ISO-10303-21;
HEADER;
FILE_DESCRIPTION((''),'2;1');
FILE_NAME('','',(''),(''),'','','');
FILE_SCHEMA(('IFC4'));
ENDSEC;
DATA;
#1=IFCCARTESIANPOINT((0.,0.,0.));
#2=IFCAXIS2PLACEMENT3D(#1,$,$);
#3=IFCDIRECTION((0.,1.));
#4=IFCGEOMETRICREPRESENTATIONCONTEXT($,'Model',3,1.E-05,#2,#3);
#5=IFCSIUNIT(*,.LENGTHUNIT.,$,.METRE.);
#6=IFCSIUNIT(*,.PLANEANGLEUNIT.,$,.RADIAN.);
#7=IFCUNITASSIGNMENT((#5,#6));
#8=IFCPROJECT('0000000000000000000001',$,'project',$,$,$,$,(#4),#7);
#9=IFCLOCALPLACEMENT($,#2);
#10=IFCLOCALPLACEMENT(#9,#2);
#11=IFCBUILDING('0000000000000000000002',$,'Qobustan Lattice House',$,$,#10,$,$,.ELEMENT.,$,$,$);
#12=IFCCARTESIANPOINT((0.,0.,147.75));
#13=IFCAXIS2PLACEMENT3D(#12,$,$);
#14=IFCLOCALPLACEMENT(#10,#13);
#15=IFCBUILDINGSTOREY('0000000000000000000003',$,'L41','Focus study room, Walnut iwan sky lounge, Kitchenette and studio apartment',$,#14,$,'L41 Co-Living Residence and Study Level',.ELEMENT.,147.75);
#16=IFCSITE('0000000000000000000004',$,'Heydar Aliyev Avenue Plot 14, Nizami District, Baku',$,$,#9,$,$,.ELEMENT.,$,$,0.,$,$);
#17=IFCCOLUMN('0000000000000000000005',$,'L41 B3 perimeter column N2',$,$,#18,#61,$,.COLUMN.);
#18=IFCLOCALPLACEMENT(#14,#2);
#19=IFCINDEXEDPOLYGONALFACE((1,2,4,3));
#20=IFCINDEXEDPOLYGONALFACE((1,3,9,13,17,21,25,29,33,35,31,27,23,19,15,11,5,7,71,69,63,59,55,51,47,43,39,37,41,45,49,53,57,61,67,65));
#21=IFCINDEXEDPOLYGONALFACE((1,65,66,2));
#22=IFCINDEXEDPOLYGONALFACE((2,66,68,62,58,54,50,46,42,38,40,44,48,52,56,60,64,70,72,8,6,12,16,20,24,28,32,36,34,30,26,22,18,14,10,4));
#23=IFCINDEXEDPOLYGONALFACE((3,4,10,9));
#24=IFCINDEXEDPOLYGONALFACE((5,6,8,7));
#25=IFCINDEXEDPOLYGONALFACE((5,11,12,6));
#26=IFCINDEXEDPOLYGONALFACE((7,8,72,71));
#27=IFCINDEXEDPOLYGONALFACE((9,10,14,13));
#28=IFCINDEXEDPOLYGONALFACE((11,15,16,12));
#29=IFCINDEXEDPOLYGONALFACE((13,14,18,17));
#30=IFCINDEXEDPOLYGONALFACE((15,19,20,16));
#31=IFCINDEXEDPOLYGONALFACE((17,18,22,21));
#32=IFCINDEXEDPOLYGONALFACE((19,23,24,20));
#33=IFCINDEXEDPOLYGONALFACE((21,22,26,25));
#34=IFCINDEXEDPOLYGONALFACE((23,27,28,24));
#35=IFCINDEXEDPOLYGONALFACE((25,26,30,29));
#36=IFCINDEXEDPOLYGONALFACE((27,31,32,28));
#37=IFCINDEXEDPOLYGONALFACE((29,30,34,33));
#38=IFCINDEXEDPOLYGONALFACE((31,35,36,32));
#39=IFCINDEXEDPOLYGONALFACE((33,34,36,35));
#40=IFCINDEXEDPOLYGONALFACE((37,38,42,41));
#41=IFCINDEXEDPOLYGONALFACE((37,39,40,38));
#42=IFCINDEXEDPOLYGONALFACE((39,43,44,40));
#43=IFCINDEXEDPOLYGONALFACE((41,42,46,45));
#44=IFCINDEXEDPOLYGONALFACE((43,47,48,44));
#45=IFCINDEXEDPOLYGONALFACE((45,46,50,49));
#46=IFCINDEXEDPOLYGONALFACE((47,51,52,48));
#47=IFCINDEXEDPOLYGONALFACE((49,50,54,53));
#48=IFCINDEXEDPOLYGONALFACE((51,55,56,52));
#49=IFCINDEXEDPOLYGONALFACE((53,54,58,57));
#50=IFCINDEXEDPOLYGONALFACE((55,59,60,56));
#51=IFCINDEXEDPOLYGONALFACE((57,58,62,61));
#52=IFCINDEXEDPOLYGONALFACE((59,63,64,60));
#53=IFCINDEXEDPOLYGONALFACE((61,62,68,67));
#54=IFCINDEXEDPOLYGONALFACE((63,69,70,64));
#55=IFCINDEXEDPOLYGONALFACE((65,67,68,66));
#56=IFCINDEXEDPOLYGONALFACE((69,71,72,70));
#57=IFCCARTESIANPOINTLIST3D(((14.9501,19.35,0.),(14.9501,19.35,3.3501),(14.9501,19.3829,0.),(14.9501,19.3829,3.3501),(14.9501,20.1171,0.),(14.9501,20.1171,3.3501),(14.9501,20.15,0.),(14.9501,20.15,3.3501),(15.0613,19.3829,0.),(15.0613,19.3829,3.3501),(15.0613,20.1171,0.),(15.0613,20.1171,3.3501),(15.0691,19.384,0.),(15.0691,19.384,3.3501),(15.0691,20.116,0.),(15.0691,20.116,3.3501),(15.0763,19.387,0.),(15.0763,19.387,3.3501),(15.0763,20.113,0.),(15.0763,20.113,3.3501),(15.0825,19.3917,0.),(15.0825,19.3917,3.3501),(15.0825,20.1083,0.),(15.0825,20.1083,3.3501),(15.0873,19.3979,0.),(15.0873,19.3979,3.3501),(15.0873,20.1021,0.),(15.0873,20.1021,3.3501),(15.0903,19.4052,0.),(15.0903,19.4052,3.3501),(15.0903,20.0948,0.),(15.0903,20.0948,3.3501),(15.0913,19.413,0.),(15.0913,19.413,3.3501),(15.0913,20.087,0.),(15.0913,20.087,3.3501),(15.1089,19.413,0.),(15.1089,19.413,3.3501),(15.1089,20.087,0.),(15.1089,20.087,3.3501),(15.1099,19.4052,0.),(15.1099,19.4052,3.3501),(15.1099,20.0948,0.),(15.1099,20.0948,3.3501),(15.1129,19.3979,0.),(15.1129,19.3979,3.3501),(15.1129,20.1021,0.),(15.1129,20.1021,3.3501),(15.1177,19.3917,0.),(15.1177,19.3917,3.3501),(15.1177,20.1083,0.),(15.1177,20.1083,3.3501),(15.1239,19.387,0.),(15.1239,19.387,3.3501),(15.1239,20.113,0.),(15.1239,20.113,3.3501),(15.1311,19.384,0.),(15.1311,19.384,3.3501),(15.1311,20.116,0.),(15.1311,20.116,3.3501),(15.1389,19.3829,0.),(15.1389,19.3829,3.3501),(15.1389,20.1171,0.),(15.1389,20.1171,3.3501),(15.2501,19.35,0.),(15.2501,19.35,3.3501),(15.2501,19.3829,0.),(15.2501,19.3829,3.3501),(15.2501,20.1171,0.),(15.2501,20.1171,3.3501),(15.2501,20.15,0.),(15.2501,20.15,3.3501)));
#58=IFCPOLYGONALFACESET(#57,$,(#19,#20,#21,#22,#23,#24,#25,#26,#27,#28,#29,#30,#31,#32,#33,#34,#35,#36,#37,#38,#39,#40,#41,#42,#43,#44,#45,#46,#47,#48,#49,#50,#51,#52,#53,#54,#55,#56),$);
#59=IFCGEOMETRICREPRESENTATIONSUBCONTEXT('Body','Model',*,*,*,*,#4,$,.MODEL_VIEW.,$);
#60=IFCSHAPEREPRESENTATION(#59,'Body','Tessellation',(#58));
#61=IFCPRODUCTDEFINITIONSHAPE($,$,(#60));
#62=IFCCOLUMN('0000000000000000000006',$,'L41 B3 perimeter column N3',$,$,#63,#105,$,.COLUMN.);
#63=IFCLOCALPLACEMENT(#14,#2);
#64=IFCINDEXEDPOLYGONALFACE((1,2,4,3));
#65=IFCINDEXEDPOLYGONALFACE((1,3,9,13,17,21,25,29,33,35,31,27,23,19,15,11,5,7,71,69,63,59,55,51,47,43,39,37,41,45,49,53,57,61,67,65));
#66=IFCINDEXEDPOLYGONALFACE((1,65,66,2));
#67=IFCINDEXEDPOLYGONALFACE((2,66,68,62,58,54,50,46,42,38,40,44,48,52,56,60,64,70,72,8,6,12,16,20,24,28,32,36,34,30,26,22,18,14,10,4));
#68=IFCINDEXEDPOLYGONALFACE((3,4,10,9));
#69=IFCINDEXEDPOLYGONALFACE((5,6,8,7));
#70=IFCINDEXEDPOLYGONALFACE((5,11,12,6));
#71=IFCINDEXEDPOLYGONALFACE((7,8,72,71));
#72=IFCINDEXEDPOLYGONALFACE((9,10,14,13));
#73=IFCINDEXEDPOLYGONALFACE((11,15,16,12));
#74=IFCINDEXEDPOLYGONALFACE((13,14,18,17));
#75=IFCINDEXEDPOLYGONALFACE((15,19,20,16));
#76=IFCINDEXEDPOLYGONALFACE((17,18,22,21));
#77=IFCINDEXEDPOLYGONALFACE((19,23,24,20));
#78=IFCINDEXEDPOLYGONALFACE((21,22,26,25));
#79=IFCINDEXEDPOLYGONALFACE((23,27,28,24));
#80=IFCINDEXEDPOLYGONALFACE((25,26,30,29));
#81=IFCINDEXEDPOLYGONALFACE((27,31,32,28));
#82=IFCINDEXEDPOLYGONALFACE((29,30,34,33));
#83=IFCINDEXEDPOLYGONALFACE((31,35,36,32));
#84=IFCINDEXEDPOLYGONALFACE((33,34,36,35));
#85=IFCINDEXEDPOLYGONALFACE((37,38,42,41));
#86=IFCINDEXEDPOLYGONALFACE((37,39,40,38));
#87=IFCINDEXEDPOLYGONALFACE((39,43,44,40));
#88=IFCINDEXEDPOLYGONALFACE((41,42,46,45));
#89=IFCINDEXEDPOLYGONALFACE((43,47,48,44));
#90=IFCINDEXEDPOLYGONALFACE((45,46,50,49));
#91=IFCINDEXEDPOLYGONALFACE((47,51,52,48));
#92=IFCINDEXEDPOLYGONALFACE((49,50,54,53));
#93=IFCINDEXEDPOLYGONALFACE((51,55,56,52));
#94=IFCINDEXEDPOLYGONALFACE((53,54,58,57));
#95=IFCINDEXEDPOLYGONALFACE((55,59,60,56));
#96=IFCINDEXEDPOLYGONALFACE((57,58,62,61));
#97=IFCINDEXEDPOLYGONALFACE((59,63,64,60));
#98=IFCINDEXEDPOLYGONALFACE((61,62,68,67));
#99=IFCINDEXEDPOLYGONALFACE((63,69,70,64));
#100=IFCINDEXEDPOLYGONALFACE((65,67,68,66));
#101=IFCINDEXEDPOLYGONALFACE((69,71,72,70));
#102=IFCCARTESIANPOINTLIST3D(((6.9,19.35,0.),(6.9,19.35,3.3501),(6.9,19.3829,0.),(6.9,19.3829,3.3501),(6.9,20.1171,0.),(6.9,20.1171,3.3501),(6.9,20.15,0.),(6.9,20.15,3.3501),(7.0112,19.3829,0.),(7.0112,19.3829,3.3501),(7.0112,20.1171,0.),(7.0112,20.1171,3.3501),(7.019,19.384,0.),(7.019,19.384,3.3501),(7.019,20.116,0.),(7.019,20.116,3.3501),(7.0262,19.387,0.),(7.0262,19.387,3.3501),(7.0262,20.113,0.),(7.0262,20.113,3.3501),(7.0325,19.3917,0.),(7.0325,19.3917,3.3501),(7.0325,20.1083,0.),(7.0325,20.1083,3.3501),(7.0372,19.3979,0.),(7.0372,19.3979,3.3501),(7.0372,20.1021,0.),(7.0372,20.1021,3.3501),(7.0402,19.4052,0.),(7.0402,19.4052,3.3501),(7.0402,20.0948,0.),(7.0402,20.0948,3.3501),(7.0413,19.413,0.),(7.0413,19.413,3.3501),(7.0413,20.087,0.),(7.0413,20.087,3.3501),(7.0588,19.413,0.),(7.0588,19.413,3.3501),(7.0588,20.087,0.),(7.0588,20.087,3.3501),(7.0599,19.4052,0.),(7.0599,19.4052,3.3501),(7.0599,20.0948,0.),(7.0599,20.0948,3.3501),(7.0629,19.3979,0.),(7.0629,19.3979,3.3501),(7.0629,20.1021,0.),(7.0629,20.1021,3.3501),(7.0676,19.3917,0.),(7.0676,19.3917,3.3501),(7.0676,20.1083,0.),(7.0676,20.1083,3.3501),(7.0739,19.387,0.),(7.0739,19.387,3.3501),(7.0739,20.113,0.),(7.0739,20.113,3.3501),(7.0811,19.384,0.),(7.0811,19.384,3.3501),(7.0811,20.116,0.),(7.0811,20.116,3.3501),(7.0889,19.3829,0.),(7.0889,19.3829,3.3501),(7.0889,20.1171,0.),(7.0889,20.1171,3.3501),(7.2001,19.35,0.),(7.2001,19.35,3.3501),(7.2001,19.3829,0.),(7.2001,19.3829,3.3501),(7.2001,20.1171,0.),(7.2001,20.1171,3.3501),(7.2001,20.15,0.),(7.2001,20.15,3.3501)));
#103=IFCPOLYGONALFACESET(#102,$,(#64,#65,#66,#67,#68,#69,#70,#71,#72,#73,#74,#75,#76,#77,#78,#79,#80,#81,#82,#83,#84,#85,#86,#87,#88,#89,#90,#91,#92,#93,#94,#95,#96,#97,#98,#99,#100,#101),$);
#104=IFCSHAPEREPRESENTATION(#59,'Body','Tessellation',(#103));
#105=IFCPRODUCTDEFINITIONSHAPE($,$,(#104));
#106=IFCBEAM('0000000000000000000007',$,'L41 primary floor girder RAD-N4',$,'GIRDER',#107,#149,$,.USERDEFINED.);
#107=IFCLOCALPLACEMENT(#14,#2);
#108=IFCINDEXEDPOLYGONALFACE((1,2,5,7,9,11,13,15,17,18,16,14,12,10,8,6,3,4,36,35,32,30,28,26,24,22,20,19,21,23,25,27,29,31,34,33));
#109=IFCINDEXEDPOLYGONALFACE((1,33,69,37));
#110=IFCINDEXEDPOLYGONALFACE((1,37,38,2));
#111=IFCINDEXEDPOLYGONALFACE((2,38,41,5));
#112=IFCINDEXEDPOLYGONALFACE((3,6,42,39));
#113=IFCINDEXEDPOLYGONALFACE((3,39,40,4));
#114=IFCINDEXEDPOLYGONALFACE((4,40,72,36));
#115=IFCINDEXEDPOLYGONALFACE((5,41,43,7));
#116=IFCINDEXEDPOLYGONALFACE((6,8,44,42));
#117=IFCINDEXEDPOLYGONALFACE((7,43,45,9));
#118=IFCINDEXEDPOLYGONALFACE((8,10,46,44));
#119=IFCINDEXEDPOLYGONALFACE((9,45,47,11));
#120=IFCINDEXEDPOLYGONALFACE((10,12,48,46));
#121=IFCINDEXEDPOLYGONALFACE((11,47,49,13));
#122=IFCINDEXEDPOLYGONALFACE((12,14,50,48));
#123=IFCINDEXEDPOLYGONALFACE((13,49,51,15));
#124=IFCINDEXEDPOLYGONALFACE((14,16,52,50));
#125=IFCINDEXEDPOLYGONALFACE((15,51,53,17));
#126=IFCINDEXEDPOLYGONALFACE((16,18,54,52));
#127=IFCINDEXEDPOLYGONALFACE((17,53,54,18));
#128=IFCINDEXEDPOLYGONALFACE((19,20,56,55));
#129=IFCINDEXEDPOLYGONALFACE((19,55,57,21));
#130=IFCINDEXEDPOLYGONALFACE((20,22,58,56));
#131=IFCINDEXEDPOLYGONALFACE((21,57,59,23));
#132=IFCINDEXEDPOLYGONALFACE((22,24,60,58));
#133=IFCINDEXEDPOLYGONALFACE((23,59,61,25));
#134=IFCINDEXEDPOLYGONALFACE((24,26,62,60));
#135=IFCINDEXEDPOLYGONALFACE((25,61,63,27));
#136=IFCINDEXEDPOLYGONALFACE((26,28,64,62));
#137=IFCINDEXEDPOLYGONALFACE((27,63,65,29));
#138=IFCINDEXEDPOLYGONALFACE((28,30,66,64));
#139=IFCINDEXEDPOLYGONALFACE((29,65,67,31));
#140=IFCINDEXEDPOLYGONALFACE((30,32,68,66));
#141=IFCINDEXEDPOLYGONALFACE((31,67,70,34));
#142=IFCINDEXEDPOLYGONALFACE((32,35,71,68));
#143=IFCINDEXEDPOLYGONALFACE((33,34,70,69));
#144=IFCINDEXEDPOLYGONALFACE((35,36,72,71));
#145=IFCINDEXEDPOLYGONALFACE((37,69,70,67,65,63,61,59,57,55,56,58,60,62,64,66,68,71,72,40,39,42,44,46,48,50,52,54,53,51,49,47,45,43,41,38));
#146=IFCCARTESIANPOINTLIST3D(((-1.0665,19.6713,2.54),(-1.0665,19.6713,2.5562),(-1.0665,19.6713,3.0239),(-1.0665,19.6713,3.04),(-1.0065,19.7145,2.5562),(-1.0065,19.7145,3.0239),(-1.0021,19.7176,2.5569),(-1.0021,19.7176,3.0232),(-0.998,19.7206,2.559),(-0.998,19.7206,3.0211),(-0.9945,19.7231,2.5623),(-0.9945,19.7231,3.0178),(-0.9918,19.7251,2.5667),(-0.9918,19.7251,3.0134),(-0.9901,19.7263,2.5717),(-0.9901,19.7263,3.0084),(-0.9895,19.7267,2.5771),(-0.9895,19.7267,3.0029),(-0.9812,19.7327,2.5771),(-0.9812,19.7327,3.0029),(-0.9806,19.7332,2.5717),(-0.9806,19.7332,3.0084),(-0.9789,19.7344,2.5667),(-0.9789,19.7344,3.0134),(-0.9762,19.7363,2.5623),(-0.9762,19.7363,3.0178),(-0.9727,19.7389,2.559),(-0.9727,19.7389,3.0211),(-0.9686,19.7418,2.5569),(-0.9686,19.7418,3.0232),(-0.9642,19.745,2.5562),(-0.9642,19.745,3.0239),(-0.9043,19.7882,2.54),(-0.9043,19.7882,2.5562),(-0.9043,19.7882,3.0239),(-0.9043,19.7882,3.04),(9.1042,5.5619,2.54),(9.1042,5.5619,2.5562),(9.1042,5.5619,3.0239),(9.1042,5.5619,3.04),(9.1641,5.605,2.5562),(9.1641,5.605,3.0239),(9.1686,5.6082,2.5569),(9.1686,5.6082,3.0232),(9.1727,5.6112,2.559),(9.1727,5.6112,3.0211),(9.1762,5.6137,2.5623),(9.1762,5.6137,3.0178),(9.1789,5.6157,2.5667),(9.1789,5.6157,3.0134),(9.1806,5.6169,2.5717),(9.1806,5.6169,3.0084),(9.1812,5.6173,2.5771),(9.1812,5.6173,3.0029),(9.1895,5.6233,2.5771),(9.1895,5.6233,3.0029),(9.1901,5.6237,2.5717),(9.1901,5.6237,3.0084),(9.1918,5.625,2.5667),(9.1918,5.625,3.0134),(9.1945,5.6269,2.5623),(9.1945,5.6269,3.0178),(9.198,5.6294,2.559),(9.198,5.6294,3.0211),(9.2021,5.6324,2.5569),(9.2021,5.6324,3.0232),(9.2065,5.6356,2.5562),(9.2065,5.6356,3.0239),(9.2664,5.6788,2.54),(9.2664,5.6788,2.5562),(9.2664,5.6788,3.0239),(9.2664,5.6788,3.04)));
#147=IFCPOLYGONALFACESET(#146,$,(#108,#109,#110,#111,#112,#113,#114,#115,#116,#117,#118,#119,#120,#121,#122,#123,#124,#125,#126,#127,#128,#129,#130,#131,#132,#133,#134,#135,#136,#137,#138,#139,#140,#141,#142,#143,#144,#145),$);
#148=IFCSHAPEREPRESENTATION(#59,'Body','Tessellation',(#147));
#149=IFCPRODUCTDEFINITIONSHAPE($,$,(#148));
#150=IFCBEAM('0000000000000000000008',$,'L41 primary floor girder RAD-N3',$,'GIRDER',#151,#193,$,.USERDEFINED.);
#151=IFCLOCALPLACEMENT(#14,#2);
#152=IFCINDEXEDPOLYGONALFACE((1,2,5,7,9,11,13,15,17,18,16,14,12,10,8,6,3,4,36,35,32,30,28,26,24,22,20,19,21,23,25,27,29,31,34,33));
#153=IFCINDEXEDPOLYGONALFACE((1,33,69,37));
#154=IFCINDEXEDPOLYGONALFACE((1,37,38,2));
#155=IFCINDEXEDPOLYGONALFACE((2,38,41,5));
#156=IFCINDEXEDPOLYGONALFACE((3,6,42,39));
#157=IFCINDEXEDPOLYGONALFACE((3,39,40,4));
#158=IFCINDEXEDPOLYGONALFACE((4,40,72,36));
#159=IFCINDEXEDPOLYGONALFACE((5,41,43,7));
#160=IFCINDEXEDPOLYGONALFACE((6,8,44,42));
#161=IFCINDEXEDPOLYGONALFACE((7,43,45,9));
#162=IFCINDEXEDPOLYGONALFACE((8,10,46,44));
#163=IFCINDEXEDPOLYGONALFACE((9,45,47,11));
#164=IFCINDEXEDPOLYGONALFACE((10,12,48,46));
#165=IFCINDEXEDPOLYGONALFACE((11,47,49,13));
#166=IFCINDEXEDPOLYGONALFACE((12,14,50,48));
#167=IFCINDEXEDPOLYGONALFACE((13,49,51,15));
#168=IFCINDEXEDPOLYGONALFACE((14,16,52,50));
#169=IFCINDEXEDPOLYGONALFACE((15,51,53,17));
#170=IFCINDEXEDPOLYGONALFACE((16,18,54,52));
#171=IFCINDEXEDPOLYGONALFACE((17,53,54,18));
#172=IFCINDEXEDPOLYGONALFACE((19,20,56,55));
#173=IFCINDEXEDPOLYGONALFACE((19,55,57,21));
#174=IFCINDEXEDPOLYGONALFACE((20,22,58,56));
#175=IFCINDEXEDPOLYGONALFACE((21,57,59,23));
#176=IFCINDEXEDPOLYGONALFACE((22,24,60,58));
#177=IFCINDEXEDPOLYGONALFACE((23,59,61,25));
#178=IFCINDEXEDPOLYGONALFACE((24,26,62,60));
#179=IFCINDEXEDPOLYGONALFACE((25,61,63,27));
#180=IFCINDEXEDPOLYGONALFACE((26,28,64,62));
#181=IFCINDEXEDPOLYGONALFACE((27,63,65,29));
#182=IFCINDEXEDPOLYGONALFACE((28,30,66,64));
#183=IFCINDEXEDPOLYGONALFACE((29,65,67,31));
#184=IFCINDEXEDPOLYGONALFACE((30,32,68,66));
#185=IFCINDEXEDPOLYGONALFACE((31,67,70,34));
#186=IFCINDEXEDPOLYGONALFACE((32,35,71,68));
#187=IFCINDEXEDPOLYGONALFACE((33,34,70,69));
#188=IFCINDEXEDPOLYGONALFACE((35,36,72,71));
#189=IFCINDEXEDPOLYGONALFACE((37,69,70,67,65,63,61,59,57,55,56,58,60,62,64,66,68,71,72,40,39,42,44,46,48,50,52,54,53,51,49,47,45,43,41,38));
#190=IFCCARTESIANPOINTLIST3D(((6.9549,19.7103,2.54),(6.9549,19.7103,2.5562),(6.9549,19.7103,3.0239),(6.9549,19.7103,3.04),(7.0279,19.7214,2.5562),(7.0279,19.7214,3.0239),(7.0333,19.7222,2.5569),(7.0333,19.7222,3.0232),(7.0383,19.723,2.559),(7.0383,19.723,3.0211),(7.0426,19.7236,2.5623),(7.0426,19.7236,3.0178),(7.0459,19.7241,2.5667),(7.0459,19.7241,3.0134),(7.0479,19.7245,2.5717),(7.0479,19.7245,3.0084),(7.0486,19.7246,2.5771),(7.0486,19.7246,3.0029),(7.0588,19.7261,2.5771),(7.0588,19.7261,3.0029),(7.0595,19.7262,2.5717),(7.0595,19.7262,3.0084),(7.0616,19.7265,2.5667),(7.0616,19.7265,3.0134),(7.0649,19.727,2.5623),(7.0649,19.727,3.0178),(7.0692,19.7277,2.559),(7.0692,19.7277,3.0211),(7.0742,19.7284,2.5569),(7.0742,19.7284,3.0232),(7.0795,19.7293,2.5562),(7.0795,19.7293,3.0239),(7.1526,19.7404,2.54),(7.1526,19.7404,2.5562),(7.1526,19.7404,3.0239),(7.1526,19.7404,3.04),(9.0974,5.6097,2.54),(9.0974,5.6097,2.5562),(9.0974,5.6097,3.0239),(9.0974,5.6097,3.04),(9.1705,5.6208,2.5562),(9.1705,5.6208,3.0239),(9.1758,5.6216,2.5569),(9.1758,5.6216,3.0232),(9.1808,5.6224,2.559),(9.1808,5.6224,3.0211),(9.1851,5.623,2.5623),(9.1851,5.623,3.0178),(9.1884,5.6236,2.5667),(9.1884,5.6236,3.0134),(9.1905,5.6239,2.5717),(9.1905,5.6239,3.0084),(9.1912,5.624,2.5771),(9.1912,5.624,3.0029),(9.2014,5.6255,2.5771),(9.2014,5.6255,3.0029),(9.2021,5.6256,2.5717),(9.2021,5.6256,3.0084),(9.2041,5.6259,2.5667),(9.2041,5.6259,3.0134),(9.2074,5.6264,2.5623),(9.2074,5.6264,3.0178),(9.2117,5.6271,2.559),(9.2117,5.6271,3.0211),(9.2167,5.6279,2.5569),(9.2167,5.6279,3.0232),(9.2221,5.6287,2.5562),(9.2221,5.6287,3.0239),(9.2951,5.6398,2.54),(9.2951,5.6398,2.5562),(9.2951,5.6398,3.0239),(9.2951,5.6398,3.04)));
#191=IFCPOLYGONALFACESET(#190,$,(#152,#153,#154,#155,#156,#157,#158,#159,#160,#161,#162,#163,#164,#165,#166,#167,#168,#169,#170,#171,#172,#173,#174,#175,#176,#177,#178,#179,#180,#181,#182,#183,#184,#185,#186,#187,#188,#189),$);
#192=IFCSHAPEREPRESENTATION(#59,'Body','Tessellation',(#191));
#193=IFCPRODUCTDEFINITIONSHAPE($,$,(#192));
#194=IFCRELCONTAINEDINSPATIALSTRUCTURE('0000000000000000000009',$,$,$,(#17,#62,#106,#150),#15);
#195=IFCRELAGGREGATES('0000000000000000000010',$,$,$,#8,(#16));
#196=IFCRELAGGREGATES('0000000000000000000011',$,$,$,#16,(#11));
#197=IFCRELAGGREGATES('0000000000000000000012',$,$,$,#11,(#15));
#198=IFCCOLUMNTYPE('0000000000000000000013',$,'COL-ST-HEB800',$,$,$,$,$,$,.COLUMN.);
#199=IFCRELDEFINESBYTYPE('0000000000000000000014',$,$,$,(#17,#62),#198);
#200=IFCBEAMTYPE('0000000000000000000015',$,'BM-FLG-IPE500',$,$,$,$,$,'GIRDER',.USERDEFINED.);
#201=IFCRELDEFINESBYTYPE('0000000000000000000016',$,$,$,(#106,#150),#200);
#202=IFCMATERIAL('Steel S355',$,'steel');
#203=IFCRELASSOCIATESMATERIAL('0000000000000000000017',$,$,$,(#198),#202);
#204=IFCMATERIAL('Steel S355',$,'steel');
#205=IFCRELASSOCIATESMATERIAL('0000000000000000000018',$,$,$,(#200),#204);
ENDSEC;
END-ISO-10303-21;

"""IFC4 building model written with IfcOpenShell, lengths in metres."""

from ifc_helpers import new_model, si_unit, direction, frame, origin, origin_2d, place, context, subcontext, project, spatial, i_section, extrude, material, material_profile, profile_set, type_object, element, save


model = new_model("IFC4")

# Units and contexts
model_context = context("Model", 3, precision=1e-05, world=origin(), true_north=direction((0.0, 1.0)))
body_context = subcontext(model_context, "Body", "Model", "MODEL_VIEW")
ifc_project = project(units=[si_unit("LENGTHUNIT", "METRE"), si_unit("PLANEANGLEUNIT", "RADIAN")], contexts=[model_context])

# Site, building, storey
site_placement = place(None, origin())
site = spatial("IfcSite", under=ifc_project, at=site_placement, Name="Heydar Aliyev Avenue Plot 14, Nizami District, Baku", CompositionType="ELEMENT", RefElevation=0.0)
building_placement = place(site_placement, origin())
building = spatial("IfcBuilding", under=site, at=building_placement, Name="Qobustan Lattice House", CompositionType="ELEMENT")
storey_placement = place(building_placement, frame((0.0, 0.0, 147.75)))
storey = spatial("IfcBuildingStorey", under=building, at=storey_placement, Name="L41", Description="Focus study room, Walnut iwan sky lounge, Kitchenette and studio apartment", LongName="L41 Co-Living Residence and Study Level", CompositionType="ELEMENT", Elevation=147.75)

# Columns
ifc_material_1 = material(Name="Steel S355", Category="steel")
ifc_material_profile_1 = material_profile(ifc_material_1, i_section(OverallWidth=0.3, OverallDepth=0.8, WebThickness=0.0176, FlangeThickness=0.033, FilletRadius=0.03, at=origin_2d()), Name="HEB800")
ifc_profile_set_1 = profile_set([ifc_material_profile_1], Name="Steel S355")
column_type = type_object("IfcColumnType", Name="COL-ST-HEB800", PredefinedType="COLUMN", material=ifc_profile_set_1)
for number, where, z_axis, x_axis, name in (
    (1, (15.1001, 19.75, 0.0), (0.0, 0.0, 1.0), (1.0, 0.0, 0.0), "L41 B3 perimeter column N2"),
    (2, (7.05, 19.75, 0.0), (0.0, 0.0, 1.0), (1.0, 0.0, 0.0), "L41 B3 perimeter column N3"),
):
    element("IfcColumn", number, at=place(storey_placement, frame(where, z_axis=z_axis, x_axis=x_axis)), inside=storey, type_object=column_type, Name=name, PredefinedType="COLUMN", context=body_context, shape_type="SweptSolid", body=[
        extrude(i_section(OverallWidth=0.3, OverallDepth=0.8, WebThickness=0.0176, FlangeThickness=0.033, FilletRadius=0.03, at=origin_2d()), origin(), (0.0, 0.0, 1.0), 3.3501),
    ])

# Beams
ifc_material_2 = material(Name="Steel S355", Category="steel")
ifc_material_profile_2 = material_profile(ifc_material_2, i_section(OverallWidth=0.2, OverallDepth=0.5, WebThickness=0.0103, FlangeThickness=0.0161, FilletRadius=0.021, at=origin_2d()), Name="IPE500")
ifc_profile_set_2 = profile_set([ifc_material_profile_2], Name="Steel S355")
beam_type_1 = type_object("IfcBeamType", Name="BM-FLG-IPE500", ElementType="GIRDER", PredefinedType="USERDEFINED", material=ifc_profile_set_2)
beam_1_placement = place(storey_placement, frame((-0.9854, 19.7297, 2.79), z_axis=(0.584755, -0.81121, 0.0), x_axis=(0.81121, 0.584755, 0.0)))
element("IfcBeam", 3, at=beam_1_placement, inside=storey, type_object=beam_type_1, Name="L41 primary floor girder RAD-N4", ObjectType="GIRDER", PredefinedType="USERDEFINED", context=body_context, shape_type="SweptSolid", body=[
    extrude(i_section(OverallWidth=0.2, OverallDepth=0.5, WebThickness=0.0103, FlangeThickness=0.0161, FilletRadius=0.021, at=origin_2d()), origin(), (0.0, 0.0, 1.0), 17.3931),
])
beam_2_placement = place(storey_placement, frame((7.0537, 19.7253, 2.79), z_axis=(0.150225, -0.988652, 0.0), x_axis=(0.988652, 0.150225, 0.0)))
element("IfcBeam", 4, at=beam_2_placement, inside=storey, type_object=beam_type_1, Name="L41 primary floor girder RAD-N3", ObjectType="GIRDER", PredefinedType="USERDEFINED", context=body_context, shape_type="SweptSolid", body=[
    extrude(i_section(OverallWidth=0.2, OverallDepth=0.5, WebThickness=0.0103, FlangeThickness=0.0161, FilletRadius=0.021, at=origin_2d()), origin(), (0.0, 0.0, 1.0), 14.2625),
])

save(model, "model.ifc")
